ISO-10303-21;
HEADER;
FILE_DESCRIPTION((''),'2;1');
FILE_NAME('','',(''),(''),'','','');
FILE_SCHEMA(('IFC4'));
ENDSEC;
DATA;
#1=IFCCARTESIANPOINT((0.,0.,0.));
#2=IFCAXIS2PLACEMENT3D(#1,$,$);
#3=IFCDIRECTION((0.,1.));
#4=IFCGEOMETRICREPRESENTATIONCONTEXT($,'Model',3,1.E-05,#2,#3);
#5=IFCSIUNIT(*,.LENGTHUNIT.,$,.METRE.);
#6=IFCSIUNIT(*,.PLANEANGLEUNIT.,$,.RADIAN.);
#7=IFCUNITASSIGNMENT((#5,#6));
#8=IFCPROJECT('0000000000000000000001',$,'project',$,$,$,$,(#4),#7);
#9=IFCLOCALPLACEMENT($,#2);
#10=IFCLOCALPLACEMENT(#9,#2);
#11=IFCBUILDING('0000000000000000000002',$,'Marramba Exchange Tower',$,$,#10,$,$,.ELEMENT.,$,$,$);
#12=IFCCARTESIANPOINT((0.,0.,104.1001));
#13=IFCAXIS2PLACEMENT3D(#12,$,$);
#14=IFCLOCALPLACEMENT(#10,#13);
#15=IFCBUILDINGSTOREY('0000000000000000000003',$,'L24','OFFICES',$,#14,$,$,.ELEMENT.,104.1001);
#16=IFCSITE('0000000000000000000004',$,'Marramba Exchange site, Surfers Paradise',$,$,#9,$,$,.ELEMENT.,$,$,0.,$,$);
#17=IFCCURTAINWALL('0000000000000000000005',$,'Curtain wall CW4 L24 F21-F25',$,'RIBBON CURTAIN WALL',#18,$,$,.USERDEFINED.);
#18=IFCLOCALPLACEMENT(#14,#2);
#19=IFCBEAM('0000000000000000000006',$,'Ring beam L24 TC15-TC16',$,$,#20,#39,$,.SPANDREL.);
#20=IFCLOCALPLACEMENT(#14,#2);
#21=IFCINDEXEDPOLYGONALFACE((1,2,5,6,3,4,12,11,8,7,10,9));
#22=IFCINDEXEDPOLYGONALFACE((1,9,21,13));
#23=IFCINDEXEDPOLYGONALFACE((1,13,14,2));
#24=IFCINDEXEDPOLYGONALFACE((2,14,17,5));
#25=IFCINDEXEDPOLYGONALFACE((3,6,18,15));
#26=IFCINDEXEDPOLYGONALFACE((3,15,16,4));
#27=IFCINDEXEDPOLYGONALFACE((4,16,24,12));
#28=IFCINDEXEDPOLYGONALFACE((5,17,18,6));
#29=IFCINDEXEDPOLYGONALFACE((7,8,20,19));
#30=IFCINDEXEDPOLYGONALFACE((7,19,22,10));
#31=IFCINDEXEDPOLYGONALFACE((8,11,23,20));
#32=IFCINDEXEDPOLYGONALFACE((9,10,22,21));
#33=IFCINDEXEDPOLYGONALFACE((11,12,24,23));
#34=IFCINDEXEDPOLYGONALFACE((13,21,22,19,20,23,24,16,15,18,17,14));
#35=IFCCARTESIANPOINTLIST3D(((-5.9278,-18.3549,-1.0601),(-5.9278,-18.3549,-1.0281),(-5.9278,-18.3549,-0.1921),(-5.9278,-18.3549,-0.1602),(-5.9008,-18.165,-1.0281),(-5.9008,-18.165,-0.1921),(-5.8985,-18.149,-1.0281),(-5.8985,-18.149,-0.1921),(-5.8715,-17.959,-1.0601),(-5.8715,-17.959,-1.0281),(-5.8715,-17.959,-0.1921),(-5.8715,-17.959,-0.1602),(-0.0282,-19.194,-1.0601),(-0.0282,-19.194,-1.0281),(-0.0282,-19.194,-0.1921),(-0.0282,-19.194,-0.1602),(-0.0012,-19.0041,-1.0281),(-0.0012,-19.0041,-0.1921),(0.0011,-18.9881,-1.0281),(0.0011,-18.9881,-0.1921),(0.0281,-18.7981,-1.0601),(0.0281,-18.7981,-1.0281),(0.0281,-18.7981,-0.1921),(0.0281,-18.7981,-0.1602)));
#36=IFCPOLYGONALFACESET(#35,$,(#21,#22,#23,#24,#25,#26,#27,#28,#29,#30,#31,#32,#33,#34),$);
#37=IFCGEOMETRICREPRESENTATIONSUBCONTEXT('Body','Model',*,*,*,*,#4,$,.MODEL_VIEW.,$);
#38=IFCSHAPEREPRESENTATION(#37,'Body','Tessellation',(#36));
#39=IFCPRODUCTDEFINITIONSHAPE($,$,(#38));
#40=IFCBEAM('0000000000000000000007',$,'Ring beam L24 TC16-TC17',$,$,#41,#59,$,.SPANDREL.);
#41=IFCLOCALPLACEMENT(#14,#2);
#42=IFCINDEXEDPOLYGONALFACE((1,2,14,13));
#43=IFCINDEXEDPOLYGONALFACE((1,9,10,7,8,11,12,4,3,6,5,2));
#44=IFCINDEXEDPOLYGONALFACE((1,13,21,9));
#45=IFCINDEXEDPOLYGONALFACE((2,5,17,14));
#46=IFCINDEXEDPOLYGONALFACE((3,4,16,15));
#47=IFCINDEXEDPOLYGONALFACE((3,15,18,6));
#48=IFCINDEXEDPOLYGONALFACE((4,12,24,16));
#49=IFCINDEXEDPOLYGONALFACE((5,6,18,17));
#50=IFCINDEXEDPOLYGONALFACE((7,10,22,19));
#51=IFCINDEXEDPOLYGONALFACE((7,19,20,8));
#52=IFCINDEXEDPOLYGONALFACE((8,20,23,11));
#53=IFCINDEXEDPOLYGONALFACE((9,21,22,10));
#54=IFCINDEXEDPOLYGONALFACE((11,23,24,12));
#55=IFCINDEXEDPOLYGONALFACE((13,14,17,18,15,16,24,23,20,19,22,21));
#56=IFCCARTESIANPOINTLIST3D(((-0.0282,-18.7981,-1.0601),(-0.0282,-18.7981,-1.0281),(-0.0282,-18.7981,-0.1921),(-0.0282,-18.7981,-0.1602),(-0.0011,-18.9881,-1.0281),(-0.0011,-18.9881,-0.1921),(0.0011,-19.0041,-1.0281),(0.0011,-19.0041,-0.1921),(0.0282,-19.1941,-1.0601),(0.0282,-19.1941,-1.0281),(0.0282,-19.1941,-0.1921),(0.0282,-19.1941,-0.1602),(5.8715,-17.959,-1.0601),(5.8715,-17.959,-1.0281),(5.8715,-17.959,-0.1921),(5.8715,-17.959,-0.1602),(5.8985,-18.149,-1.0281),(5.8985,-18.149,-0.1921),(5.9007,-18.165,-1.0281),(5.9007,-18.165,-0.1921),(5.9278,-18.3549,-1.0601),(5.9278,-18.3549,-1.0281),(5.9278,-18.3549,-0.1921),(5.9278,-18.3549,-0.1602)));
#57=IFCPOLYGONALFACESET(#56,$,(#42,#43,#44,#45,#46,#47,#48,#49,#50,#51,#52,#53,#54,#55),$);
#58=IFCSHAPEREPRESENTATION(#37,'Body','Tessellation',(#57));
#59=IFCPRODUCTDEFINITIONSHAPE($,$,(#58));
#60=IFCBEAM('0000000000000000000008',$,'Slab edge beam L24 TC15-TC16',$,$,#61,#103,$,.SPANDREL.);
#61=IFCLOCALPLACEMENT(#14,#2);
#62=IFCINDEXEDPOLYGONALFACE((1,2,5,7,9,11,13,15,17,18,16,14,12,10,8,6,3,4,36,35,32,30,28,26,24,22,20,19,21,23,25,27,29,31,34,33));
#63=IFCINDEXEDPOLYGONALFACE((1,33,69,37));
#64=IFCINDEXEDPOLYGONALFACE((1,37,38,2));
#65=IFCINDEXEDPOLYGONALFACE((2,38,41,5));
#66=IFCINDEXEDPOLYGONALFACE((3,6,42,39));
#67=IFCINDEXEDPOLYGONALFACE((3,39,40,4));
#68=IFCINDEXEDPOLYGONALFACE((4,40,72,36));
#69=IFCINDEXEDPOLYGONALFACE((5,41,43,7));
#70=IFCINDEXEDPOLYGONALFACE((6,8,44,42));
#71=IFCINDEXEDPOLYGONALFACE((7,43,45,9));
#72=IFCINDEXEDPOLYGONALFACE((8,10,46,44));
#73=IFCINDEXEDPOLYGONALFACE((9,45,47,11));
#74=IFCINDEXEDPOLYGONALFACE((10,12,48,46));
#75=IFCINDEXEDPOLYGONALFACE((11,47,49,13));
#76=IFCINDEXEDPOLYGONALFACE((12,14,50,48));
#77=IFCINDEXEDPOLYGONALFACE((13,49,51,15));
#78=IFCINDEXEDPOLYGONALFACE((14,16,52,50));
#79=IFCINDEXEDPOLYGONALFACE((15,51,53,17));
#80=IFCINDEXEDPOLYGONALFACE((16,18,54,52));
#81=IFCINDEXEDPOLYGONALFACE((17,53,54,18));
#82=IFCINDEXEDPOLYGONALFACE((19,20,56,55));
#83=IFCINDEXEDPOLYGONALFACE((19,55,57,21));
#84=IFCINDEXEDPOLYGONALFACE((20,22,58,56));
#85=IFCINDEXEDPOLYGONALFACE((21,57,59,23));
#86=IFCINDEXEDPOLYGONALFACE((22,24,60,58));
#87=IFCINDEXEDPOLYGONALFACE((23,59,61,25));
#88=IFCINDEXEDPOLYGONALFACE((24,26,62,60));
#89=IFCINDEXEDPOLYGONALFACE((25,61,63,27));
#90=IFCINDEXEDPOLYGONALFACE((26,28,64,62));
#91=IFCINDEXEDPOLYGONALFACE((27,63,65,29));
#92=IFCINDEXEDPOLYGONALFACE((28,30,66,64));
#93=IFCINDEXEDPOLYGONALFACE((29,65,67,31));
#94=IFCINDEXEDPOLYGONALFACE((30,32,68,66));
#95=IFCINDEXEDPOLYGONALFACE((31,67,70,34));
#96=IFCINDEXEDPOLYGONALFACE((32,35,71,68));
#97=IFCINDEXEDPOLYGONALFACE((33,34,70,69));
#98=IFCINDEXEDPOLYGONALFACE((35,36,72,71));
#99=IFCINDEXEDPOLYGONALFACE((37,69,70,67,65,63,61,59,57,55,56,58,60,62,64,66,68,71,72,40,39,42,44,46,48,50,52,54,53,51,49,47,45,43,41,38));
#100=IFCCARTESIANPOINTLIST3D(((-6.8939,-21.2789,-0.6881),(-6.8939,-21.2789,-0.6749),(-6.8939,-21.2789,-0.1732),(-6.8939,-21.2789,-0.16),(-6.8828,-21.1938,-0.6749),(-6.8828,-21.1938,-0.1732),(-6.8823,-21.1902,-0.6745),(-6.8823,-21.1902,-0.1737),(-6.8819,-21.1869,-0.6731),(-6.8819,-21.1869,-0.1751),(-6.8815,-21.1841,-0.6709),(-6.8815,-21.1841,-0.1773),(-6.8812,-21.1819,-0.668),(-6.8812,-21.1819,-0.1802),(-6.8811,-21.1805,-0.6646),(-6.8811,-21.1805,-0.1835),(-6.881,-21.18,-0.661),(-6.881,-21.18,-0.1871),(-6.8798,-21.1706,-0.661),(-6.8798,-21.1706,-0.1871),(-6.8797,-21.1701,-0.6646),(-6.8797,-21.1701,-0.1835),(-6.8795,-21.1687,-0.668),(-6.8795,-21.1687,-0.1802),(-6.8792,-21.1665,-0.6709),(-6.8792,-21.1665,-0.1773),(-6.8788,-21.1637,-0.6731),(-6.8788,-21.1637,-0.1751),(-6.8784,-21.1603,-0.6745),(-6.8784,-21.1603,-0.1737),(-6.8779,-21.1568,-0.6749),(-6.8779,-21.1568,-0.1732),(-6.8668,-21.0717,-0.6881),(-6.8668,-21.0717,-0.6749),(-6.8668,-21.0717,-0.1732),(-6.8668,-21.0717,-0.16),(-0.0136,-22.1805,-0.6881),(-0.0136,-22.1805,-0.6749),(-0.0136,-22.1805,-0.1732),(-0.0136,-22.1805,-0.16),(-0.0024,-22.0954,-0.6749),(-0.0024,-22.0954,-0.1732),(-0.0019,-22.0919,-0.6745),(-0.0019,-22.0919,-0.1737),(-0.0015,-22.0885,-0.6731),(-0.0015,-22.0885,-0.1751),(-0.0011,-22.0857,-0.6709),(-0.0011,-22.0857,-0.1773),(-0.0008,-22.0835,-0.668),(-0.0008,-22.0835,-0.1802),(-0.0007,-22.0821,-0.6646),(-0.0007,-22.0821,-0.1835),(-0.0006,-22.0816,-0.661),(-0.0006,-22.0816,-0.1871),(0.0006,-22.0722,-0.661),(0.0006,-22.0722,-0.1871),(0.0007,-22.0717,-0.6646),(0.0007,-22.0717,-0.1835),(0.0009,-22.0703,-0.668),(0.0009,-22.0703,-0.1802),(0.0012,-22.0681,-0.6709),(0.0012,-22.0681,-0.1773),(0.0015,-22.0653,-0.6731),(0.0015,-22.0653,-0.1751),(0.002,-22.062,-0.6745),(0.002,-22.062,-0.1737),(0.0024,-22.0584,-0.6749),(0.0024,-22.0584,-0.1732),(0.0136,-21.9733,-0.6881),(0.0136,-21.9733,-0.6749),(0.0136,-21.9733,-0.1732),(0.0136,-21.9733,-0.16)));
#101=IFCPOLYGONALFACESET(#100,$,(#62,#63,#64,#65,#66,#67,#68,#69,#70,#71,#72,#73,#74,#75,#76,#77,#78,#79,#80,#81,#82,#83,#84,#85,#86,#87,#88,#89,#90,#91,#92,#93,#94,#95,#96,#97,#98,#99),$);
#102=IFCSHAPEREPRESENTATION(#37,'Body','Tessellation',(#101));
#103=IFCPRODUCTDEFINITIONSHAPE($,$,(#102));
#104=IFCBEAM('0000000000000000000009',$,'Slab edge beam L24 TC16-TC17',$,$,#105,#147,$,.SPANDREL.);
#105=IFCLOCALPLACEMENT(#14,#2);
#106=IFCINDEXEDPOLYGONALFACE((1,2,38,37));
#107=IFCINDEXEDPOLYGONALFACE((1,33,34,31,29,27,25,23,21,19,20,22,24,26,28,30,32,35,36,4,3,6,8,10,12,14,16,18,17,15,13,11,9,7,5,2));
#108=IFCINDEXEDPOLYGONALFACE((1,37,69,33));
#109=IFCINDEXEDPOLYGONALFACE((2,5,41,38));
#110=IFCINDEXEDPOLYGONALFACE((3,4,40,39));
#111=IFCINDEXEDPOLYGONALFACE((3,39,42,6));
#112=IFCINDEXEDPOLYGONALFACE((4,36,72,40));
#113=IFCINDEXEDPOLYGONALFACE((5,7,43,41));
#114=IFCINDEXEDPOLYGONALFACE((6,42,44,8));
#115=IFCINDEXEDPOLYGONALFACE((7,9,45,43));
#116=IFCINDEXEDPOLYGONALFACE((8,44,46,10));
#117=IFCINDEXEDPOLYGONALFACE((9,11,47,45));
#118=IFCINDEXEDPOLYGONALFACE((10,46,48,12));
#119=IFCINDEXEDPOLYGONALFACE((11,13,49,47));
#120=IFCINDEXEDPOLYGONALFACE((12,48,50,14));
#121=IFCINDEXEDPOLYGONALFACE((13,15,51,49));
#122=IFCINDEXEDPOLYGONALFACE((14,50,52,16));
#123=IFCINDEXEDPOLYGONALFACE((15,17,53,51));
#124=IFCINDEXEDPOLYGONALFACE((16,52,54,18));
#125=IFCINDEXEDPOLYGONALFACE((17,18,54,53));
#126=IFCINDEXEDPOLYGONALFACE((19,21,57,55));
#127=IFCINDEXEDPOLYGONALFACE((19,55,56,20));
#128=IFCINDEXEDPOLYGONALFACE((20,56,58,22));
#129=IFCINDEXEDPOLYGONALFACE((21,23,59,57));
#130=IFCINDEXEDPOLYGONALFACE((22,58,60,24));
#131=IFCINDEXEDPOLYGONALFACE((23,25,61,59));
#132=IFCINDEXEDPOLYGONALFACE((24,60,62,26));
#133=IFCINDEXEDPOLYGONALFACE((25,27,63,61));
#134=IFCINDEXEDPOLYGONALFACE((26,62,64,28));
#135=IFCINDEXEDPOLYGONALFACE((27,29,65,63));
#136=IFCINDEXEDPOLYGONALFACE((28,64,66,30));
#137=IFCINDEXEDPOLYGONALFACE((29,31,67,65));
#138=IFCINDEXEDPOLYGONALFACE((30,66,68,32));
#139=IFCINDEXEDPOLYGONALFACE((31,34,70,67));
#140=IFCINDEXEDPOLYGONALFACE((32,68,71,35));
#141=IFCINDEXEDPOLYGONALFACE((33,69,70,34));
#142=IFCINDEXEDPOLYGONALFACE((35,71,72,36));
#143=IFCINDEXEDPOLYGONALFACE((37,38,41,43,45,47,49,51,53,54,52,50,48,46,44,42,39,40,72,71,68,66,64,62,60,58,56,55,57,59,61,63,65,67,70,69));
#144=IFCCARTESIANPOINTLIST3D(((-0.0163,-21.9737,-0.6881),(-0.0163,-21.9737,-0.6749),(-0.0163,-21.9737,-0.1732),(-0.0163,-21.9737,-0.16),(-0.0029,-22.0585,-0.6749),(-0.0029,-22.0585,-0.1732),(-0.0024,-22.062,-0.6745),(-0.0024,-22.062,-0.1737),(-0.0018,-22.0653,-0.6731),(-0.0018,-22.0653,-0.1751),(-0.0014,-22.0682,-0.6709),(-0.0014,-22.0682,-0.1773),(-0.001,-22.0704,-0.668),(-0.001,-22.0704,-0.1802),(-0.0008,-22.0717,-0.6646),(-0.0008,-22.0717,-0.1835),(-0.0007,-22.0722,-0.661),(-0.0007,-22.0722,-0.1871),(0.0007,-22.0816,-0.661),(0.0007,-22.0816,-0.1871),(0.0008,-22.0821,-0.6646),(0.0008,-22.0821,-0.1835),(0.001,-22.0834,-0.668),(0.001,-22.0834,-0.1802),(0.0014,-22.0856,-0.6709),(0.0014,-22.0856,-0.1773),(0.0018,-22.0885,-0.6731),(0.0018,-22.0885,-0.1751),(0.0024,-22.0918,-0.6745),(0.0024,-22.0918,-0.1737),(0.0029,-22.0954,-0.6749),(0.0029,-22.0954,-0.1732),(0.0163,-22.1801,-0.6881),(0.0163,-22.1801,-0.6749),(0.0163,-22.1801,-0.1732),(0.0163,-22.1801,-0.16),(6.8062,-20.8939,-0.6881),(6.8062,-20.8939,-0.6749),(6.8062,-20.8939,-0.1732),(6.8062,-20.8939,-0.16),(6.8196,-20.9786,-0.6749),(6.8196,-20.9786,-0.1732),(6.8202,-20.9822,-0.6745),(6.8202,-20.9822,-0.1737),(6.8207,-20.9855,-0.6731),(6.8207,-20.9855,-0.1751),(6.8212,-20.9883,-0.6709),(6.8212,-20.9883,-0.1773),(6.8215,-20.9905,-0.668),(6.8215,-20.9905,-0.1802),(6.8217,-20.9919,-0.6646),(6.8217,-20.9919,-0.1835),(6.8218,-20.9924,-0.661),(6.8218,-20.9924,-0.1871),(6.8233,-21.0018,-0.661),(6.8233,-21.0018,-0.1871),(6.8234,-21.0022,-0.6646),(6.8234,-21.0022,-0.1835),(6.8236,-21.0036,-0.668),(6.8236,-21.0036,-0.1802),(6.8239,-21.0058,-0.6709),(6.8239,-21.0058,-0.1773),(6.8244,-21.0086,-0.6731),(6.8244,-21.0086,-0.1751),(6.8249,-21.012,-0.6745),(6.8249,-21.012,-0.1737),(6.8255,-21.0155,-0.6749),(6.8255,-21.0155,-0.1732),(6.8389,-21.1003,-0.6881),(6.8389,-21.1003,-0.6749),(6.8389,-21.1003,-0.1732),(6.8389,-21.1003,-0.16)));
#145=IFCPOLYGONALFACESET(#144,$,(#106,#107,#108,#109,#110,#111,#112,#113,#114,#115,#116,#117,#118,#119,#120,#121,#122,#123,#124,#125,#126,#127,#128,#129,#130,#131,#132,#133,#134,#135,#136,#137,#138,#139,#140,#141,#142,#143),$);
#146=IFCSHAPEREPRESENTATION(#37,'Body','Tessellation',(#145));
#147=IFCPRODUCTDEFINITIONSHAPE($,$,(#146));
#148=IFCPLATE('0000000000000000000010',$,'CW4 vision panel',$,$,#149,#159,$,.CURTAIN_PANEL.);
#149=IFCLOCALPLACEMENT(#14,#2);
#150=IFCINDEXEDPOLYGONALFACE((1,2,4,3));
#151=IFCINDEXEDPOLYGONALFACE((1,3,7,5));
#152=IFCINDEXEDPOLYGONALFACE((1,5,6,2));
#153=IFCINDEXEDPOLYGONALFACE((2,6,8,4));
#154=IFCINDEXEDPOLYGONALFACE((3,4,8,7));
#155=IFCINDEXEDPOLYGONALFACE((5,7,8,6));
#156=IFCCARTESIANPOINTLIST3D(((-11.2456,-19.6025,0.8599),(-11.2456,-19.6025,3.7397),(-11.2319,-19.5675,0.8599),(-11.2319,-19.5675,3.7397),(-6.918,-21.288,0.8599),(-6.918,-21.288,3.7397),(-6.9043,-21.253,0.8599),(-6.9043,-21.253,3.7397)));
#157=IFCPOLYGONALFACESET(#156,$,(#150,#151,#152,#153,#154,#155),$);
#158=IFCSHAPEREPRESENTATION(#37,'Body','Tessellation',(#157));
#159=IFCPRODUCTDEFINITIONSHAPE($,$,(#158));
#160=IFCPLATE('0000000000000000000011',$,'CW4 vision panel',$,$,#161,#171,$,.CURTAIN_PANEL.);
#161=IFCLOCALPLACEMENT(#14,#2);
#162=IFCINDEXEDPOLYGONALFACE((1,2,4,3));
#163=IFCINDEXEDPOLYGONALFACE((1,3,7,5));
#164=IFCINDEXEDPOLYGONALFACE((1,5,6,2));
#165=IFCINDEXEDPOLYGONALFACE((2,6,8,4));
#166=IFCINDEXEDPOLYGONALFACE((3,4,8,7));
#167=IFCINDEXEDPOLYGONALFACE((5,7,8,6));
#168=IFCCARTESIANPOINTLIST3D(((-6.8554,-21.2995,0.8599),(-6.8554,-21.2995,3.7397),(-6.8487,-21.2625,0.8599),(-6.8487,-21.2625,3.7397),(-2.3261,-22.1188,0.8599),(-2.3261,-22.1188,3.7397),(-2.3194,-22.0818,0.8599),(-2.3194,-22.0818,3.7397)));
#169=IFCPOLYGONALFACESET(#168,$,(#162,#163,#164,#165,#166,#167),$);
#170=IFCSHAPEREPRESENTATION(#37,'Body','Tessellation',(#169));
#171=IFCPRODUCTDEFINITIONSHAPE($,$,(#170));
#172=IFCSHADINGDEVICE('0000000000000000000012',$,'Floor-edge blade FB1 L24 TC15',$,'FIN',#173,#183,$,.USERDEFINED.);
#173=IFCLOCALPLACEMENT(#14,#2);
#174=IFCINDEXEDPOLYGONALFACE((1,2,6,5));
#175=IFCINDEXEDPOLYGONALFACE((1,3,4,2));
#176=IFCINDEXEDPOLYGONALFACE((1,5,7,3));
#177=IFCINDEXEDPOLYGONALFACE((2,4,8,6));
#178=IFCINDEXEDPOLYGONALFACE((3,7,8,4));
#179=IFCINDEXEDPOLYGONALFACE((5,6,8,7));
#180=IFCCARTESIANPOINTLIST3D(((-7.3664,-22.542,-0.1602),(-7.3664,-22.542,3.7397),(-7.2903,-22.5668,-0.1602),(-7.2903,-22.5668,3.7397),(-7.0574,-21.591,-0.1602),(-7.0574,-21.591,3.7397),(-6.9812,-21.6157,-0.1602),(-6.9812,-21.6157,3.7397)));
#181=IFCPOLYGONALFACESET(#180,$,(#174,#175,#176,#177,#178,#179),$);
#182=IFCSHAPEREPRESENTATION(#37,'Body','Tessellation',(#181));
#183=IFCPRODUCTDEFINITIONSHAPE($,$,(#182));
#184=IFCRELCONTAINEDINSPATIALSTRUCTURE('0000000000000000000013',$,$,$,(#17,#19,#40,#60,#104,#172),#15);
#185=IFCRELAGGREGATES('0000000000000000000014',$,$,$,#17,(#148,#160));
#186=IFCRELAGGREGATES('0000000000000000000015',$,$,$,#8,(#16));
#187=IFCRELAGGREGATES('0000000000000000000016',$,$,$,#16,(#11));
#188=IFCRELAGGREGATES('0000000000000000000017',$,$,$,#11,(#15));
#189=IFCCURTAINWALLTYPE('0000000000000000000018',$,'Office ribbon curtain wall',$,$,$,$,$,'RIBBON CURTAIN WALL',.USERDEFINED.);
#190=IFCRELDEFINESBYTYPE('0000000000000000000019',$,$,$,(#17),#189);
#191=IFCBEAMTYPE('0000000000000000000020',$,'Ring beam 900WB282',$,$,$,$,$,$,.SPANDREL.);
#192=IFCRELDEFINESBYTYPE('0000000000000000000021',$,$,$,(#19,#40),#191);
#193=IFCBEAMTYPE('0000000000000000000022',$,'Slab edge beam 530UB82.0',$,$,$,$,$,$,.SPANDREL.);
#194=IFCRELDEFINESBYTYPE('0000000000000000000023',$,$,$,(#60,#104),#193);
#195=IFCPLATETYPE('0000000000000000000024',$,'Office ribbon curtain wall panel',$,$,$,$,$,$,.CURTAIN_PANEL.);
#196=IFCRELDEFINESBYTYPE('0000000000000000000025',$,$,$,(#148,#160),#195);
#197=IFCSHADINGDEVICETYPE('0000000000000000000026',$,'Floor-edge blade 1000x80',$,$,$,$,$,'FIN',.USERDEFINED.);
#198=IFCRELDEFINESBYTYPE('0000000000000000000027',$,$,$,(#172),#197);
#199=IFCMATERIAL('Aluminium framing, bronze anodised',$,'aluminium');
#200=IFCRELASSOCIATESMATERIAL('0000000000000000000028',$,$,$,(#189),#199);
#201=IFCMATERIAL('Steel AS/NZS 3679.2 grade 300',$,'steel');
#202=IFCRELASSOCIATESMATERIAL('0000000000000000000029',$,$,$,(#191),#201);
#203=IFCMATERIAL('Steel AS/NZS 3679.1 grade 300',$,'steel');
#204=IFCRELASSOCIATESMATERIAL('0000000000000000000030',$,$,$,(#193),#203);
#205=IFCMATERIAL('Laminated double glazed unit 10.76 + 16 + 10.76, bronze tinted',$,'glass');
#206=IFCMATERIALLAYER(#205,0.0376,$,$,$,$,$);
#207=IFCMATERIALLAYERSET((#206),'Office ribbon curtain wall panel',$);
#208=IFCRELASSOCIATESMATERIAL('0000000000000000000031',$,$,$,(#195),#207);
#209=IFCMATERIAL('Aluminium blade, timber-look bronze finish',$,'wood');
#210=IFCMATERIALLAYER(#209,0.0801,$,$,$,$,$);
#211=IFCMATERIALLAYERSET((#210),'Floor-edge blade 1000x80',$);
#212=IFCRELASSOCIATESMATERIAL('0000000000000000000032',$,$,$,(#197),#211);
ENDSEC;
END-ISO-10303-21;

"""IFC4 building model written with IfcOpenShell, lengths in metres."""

from ifc_helpers import new_model, si_unit, direction, frame, origin, origin_2d, place, context, subcontext, project, spatial, rectangle, i_section, extrude, material, layer, layer_set, material_profile, profile_set, type_object, element, aggregate, save


model = new_model("IFC4")

# Units and contexts
model_context = context("Model", 3, precision=1e-05, world=origin(), true_north=direction((0.0, 1.0)))
body_context = subcontext(model_context, "Body", "Model", "MODEL_VIEW")
ifc_project = project(units=[si_unit("LENGTHUNIT", "METRE"), si_unit("PLANEANGLEUNIT", "RADIAN")], contexts=[model_context])

# Site, building, storey
site_placement = place(None, origin())
site = spatial("IfcSite", under=ifc_project, at=site_placement, Name="Marramba Exchange site, Surfers Paradise", CompositionType="ELEMENT", RefElevation=0.0)
building_placement = place(site_placement, origin())
building = spatial("IfcBuilding", under=site, at=building_placement, Name="Marramba Exchange Tower", CompositionType="ELEMENT")
storey_placement = place(building_placement, frame((0.0, 0.0, 104.1001)))
storey = spatial("IfcBuildingStorey", under=building, at=storey_placement, Name="L24", Description="OFFICES", CompositionType="ELEMENT", Elevation=104.1001)

# Shared definitions
ifc_material_1 = material(Name="Steel AS/NZS 3679.2 grade 300", Category="steel")

# Curtain wall
ifc_material_2 = material(Name="Aluminium framing, bronze anodised", Category="aluminium")
curtain_wall_type = type_object("IfcCurtainWallType", Name="Office ribbon curtain wall", ElementType="RIBBON CURTAIN WALL", PredefinedType="USERDEFINED", material=ifc_material_2)
curtain_wall_placement = place(storey_placement, origin())
curtain_wall = element("IfcCurtainWall", 1, at=curtain_wall_placement, inside=storey, type_object=curtain_wall_type, Name="Curtain wall CW4 L24 F21-F25", ObjectType="RIBBON CURTAIN WALL", PredefinedType="USERDEFINED")

# Beams
ifc_material_profile_1 = material_profile(ifc_material_1, i_section(OverallWidth=0.3999, OverallDepth=0.8999, WebThickness=0.0161, FlangeThickness=0.032, at=origin_2d()), Name="900WB282")
ifc_profile_set_1 = profile_set([ifc_material_profile_1], Name="Steel AS/NZS 3679.2 grade 300")
beam_type_1 = type_object("IfcBeamType", Name="Ring beam 900WB282", PredefinedType="SPANDREL", material=ifc_profile_set_1)
for number, where, z_axis, x_axis, name in (
    (2, (-5.8997, -18.157, -0.6101), (0.990036, -0.140813, 0.0), (0.140813, 0.990036, 0.0), "Ring beam L24 TC15-TC16"),
    (3, (0.0, -18.9961, -0.6101), (0.990036, 0.140813, 0.0), (-0.140813, 0.990036, 0.0), "Ring beam L24 TC16-TC17"),
):
    element("IfcBeam", number, at=place(storey_placement, frame(where, z_axis=z_axis, x_axis=x_axis)), inside=storey, type_object=beam_type_1, Name=name, PredefinedType="SPANDREL", context=body_context, shape_type="SweptSolid", body=[
        extrude(i_section(OverallWidth=0.3999, OverallDepth=0.8999, WebThickness=0.0161, FlangeThickness=0.032, at=origin_2d()), origin(), (0.0, 0.0, 1.0), 5.959),
    ])
ifc_material_3 = material(Name="Steel AS/NZS 3679.1 grade 300", Category="steel")
ifc_material_profile_2 = material_profile(ifc_material_3, i_section(OverallWidth=0.209, OverallDepth=0.5281, WebThickness=0.0095, FlangeThickness=0.0132, FilletRadius=0.0139, at=origin_2d()), Name="530UB82.0")
ifc_profile_set_2 = profile_set([ifc_material_profile_2], Name="Steel AS/NZS 3679.1 grade 300")
beam_type_2 = type_object("IfcBeamType", Name="Slab edge beam 530UB82.0", PredefinedType="SPANDREL", material=ifc_profile_set_2)
beam_1_placement = place(storey_placement, frame((-6.8804, -21.1753, -0.4241), z_axis=(0.991523, -0.12993, 0.0), x_axis=(0.12993, 0.991523, 0.0)))
element("IfcBeam", 4, at=beam_1_placement, inside=storey, type_object=beam_type_2, Name="Slab edge beam L24 TC15-TC16", PredefinedType="SPANDREL", context=body_context, shape_type="SweptSolid", body=[
    extrude(i_section(OverallWidth=0.209, OverallDepth=0.5281, WebThickness=0.0095, FlangeThickness=0.0132, FilletRadius=0.0139, at=origin_2d()), origin(), (0.0, 0.0, 1.0), 6.9392),
])
beam_2_placement = place(storey_placement, frame((0.0, -22.0769, -0.4241), z_axis=(0.987705, 0.156329, 0.0), x_axis=(-0.156329, 0.987705, 0.0)))
element("IfcBeam", 5, at=beam_2_placement, inside=storey, type_object=beam_type_2, Name="Slab edge beam L24 TC16-TC17", PredefinedType="SPANDREL", context=body_context, shape_type="SweptSolid", body=[
    extrude(i_section(OverallWidth=0.209, OverallDepth=0.5281, WebThickness=0.0095, FlangeThickness=0.0132, FilletRadius=0.0139, at=origin_2d()), origin(), (0.0, 0.0, 1.0), 6.9075),
])

# Plates
ifc_material_4 = material(Name="Laminated double glazed unit 10.76 + 16 + 10.76, bronze tinted", Category="glass")
ifc_layer_1 = layer(ifc_material_4, 0.0376)
ifc_layer_set_1 = layer_set([ifc_layer_1], Name="Office ribbon curtain wall panel")
plate_type = type_object("IfcPlateType", Name="Office ribbon curtain wall panel", PredefinedType="CURTAIN_PANEL", material=ifc_layer_set_1)
plate_1_placement = place(storey_placement, frame((-9.075, -20.4277, 0.8599), z_axis=(0.0, 0.0, 1.0), x_axis=(0.931818, -0.362925, 0.0)))
plate_1 = element("IfcPlate", 6, at=plate_1_placement, type_object=plate_type, Name="CW4 vision panel", PredefinedType="CURTAIN_PANEL", context=body_context, shape_type="SweptSolid", body=[
    extrude(rectangle(XDim=4.6443, YDim=0.0376, at=origin_2d()), origin(), (0.0, 0.0, 1.0), 2.8799),
])
plate_2_placement = place(storey_placement, frame((-4.5874, -21.6907, 0.8599), z_axis=(0.0, 0.0, 1.0), x_axis=(0.984032, -0.177992, 0.0)))
plate_2 = element("IfcPlate", 7, at=plate_2_placement, type_object=plate_type, Name="CW4 vision panel", PredefinedType="CURTAIN_PANEL", context=body_context, shape_type="SweptSolid", body=[
    extrude(rectangle(XDim=4.6028, YDim=0.0376, at=origin_2d()), origin(), (0.0, 0.0, 1.0), 2.8799),
])
aggregate(curtain_wall, [plate_1, plate_2])

# Shading device
ifc_material_5 = material(Name="Aluminium blade, timber-look bronze finish", Category="wood")
ifc_layer_2 = layer(ifc_material_5, 0.0801)
ifc_layer_set_2 = layer_set([ifc_layer_2], Name="Floor-edge blade 1000x80")
shading_device_type_1 = type_object("IfcShadingDeviceType", Name="Floor-edge blade 1000x80", ElementType="FIN", PredefinedType="USERDEFINED", material=ifc_layer_set_2)
shading_device_1_placement = place(storey_placement, frame((-7.1738, -22.0789, -0.1602), z_axis=(0.0, 0.0, 1.0), x_axis=(-0.309017, -0.951057, 0.0)))
element("IfcShadingDevice", 8, at=shading_device_1_placement, inside=storey, type_object=shading_device_type_1, Name="Floor-edge blade FB1 L24 TC15", ObjectType="FIN", PredefinedType="USERDEFINED", context=body_context, shape_type="SweptSolid", body=[
    extrude(rectangle(XDim=1.0, YDim=0.0801, at=origin_2d()), origin(), (0.0, 0.0, 1.0), 3.8999),
])

save(model, "model.ifc")
